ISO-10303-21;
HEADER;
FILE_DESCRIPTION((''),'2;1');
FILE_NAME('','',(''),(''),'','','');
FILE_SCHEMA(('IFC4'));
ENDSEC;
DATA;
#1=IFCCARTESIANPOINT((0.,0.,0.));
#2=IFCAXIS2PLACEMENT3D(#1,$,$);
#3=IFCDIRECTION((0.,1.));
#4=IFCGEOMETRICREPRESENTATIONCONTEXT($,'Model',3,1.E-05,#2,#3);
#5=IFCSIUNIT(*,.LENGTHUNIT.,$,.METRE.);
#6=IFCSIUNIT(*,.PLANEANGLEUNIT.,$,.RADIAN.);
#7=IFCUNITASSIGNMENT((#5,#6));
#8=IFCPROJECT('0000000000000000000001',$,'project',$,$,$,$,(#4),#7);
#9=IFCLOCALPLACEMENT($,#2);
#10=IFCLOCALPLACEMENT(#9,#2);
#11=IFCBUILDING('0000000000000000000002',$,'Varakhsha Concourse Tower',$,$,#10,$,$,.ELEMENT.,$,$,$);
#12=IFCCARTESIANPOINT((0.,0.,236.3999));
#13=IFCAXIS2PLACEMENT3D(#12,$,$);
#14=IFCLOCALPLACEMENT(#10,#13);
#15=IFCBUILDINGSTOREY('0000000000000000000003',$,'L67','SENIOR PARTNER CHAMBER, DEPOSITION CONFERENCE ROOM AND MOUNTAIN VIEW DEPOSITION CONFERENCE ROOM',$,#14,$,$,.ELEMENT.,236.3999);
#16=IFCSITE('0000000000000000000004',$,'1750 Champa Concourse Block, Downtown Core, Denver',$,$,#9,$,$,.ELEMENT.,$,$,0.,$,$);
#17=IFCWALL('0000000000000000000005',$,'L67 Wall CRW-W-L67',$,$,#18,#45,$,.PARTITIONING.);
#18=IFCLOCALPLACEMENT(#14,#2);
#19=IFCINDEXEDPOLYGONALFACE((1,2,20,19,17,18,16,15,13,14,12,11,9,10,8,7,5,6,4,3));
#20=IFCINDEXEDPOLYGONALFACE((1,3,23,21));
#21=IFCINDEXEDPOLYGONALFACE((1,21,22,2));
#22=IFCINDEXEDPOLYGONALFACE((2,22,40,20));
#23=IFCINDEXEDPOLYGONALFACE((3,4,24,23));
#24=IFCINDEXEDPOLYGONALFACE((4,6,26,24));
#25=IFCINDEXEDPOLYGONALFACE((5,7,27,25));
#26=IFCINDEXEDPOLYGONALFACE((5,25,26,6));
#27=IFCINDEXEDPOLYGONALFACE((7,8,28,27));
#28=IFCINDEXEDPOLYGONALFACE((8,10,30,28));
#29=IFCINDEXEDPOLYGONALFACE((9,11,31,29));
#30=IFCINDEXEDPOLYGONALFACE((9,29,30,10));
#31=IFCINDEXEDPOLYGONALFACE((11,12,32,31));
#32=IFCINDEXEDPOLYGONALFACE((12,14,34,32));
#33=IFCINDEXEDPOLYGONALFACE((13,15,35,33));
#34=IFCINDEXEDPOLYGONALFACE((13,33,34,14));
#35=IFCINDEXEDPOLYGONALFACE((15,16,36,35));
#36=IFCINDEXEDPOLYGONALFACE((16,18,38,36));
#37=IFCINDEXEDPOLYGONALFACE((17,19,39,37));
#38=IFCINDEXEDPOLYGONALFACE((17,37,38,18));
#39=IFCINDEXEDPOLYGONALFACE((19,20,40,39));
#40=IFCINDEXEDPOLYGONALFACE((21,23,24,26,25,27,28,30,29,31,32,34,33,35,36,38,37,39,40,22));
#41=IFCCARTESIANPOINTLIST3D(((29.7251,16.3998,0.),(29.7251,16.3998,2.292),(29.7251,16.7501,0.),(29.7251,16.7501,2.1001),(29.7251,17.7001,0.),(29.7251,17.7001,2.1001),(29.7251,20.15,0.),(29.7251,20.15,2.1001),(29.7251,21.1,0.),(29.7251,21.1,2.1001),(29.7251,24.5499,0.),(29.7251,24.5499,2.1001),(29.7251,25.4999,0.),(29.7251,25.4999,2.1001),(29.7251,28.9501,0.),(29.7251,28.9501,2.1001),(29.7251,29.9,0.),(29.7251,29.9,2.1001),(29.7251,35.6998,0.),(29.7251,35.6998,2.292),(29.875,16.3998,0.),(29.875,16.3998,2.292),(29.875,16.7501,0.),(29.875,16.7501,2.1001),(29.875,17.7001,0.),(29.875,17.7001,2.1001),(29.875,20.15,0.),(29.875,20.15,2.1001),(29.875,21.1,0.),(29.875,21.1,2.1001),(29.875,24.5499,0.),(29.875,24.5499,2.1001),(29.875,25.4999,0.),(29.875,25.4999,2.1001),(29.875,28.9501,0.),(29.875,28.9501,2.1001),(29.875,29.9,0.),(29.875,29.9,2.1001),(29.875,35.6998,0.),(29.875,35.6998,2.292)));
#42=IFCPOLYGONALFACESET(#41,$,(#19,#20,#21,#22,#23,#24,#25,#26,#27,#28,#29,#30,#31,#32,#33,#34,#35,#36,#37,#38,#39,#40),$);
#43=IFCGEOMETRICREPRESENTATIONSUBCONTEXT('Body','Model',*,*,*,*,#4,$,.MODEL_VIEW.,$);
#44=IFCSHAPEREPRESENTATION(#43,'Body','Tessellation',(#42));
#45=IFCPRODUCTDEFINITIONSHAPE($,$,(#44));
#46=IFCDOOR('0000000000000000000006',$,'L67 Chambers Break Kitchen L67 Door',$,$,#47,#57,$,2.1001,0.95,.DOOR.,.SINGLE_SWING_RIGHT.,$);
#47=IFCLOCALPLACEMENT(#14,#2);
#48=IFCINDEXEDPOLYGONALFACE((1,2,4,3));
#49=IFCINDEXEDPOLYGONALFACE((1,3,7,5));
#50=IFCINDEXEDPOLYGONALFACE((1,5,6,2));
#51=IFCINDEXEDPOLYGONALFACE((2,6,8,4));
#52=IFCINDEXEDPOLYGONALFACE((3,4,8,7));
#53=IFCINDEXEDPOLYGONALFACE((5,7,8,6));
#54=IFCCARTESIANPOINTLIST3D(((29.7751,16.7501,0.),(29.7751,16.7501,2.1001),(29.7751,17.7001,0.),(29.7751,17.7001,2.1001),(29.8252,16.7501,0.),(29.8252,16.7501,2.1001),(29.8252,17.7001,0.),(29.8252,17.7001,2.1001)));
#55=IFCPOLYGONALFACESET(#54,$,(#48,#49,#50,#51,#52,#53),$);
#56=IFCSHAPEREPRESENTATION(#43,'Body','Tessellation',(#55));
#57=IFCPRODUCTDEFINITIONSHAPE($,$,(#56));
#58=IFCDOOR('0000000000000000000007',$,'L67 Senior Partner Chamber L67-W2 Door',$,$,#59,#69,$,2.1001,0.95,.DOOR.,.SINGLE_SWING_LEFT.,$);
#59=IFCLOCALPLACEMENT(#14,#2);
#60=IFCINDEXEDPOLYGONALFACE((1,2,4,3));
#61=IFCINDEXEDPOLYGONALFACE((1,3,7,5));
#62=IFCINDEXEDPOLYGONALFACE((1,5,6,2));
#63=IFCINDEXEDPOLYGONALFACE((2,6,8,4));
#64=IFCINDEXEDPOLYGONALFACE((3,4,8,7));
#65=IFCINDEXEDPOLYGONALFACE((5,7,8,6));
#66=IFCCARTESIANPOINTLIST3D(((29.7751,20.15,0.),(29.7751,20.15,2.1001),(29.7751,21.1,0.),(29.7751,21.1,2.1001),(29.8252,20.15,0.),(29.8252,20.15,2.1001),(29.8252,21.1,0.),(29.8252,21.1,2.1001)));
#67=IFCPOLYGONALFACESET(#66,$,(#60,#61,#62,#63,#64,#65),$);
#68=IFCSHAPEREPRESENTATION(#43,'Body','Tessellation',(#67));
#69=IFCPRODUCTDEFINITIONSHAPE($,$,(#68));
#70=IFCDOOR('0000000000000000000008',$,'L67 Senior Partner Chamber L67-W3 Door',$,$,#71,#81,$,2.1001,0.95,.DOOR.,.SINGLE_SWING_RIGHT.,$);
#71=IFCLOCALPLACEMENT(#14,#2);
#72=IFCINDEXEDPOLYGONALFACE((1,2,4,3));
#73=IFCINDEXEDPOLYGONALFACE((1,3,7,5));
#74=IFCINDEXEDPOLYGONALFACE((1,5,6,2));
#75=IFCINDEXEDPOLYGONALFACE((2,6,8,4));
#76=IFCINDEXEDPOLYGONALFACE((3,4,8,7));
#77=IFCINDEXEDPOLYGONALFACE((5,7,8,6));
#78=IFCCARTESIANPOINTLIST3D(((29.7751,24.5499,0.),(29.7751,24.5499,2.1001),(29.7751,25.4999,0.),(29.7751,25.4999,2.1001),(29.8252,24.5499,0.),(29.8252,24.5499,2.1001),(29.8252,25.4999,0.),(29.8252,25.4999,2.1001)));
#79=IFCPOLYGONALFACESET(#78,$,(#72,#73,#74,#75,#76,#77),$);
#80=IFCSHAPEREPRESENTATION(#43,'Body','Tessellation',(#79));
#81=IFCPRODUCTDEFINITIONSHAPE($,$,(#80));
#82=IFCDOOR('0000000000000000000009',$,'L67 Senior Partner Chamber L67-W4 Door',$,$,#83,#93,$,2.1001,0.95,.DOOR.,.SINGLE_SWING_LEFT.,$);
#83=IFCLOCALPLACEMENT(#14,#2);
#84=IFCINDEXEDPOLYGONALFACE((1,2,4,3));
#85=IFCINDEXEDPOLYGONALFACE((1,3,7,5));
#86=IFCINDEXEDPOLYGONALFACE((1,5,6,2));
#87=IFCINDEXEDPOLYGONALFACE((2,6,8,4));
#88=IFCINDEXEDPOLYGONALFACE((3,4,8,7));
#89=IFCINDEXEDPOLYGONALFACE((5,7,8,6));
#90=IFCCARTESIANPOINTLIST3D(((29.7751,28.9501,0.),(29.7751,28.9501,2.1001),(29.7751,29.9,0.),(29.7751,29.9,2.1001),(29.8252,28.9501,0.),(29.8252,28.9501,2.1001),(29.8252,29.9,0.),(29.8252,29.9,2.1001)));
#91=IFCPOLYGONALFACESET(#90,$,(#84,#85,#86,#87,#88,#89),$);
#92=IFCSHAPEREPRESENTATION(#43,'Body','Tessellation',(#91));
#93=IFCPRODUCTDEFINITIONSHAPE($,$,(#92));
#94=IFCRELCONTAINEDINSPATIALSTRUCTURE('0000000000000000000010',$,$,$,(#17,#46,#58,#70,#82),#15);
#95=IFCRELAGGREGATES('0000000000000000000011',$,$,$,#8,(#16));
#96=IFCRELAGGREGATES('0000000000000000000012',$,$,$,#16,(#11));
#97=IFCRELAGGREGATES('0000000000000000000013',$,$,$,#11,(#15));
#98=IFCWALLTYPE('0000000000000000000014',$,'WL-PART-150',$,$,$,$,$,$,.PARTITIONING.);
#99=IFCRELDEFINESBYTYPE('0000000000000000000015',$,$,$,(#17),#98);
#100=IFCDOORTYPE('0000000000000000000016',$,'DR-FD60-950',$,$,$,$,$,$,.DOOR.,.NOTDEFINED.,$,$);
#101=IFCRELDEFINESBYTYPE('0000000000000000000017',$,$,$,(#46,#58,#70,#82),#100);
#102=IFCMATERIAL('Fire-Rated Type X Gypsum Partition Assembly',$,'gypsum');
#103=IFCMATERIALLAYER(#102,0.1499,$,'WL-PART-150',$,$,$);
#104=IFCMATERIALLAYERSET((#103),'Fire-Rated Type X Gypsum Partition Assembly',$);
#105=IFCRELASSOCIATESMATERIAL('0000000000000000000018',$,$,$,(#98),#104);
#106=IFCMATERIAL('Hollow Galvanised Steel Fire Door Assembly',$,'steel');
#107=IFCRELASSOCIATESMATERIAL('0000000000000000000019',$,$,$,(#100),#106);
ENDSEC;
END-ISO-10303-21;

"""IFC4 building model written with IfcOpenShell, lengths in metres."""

from ifc_helpers import new_model, si_unit, direction, frame, frame_2d, origin, place, context, subcontext, project, spatial, rectangle, extrude, material, layer, layer_set, type_object, element, fill, save


model = new_model("IFC4")

# Units and contexts
model_context = context("Model", 3, precision=1e-05, world=origin(), true_north=direction((0.0, 1.0)))
body_context = subcontext(model_context, "Body", "Model", "MODEL_VIEW")
ifc_project = project(units=[si_unit("LENGTHUNIT", "METRE"), si_unit("PLANEANGLEUNIT", "RADIAN")], contexts=[model_context])

# Site, building, storey
site_placement = place(None, origin())
site = spatial("IfcSite", under=ifc_project, at=site_placement, Name="1750 Champa Concourse Block, Downtown Core, Denver", CompositionType="ELEMENT", RefElevation=0.0)
building_placement = place(site_placement, origin())
building = spatial("IfcBuilding", under=site, at=building_placement, Name="Varakhsha Concourse Tower", CompositionType="ELEMENT")
storey_placement = place(building_placement, frame((0.0, 0.0, 236.3999)))
storey = spatial("IfcBuildingStorey", under=building, at=storey_placement, Name="L67", Description="SENIOR PARTNER CHAMBER, DEPOSITION CONFERENCE ROOM AND MOUNTAIN VIEW DEPOSITION CONFERENCE ROOM", CompositionType="ELEMENT", Elevation=236.3999)

# Wall, openings, doors
ifc_material_1 = material(Name="Fire-Rated Type X Gypsum Partition Assembly", Category="gypsum")
ifc_layer_1 = layer(ifc_material_1, 0.1499, Name="WL-PART-150")
ifc_layer_set_1 = layer_set([ifc_layer_1], Name="Fire-Rated Type X Gypsum Partition Assembly")
wall_type = type_object("IfcWallType", Name="WL-PART-150", PredefinedType="PARTITIONING", material=ifc_layer_set_1)
wall_1_placement = place(storey_placement, frame((29.8, 16.3999, 0.0), z_axis=(0.0, 0.0, 1.0), x_axis=(0.0, 1.0, 0.0)))
wall_1 = element("IfcWall", 1, at=wall_1_placement, inside=storey, type_object=wall_type, Name="L67 Wall CRW-W-L67", PredefinedType="PARTITIONING", context=body_context, shape_type="SweptSolid", body=[
    extrude(rectangle(XDim=19.3, YDim=0.1499, at=frame_2d((9.6499, 0.0))), origin(), (0.0, 0.0, 1.0), 2.292),
])
opening_1_placement = place(wall_1_placement, frame((0.3501, 0.0, 0.0)))
opening_1 = element("IfcOpeningElement", 2, at=opening_1_placement, cuts=wall_1, PredefinedType="OPENING", context=body_context, shape_type="SweptSolid", body=[
    extrude(rectangle(XDim=0.95, YDim=2.1001, at=frame_2d((0.4751, 1.05))), frame((0.0, 0.085, 0.0), z_axis=(0.0, -1.0, 0.0), x_axis=(1.0, 0.0, 0.0)), (0.0, 0.0, 1.0), 0.1699),
])
opening_2_placement = place(wall_1_placement, frame((3.75, 0.0, 0.0)))
opening_2 = element("IfcOpeningElement", 3, at=opening_2_placement, cuts=wall_1, PredefinedType="OPENING", context=body_context, shape_type="SweptSolid", body=[
    extrude(rectangle(XDim=0.95, YDim=2.1001, at=frame_2d((0.4751, 1.05))), frame((0.0, 0.085, 0.0), z_axis=(0.0, -1.0, 0.0), x_axis=(1.0, 0.0, 0.0)), (0.0, 0.0, 1.0), 0.1699),
])
opening_3_placement = place(wall_1_placement, frame((8.1499, 0.0, 0.0)))
opening_3 = element("IfcOpeningElement", 4, at=opening_3_placement, cuts=wall_1, PredefinedType="OPENING", context=body_context, shape_type="SweptSolid", body=[
    extrude(rectangle(XDim=0.95, YDim=2.1001, at=frame_2d((0.4751, 1.05))), frame((0.0, 0.085, 0.0), z_axis=(0.0, -1.0, 0.0), x_axis=(1.0, 0.0, 0.0)), (0.0, 0.0, 1.0), 0.1699),
])
opening_4_placement = place(wall_1_placement, frame((12.55, 0.0, 0.0)))
opening_4 = element("IfcOpeningElement", 5, at=opening_4_placement, cuts=wall_1, PredefinedType="OPENING", context=body_context, shape_type="SweptSolid", body=[
    extrude(rectangle(XDim=0.95, YDim=2.1001, at=frame_2d((0.4751, 1.05))), frame((0.0, 0.085, 0.0), z_axis=(0.0, -1.0, 0.0), x_axis=(1.0, 0.0, 0.0)), (0.0, 0.0, 1.0), 0.1699),
])
ifc_material_2 = material(Name="Hollow Galvanised Steel Fire Door Assembly", Category="steel")
door_type = type_object("IfcDoorType", Name="DR-FD60-950", OperationType="NOTDEFINED", PredefinedType="DOOR", material=ifc_material_2)
door_1_placement = place(opening_1_placement, origin())
door_1 = element("IfcDoor", 6, at=door_1_placement, inside=storey, type_object=door_type, Name="L67 Chambers Break Kitchen L67 Door", OperationType="SINGLE_SWING_RIGHT", OverallHeight=2.1001, OverallWidth=0.95, PredefinedType="DOOR", context=body_context, shape_type="SweptSolid", body=[
    extrude(rectangle(XDim=0.95, YDim=2.1001, at=frame_2d((0.4751, 1.05))), frame((0.0, 0.0249, 0.0), z_axis=(0.0, -1.0, 0.0), x_axis=(1.0, 0.0, 0.0)), (0.0, 0.0, 1.0), 0.05),
])
fill(opening_1, door_1)
door_2_placement = place(opening_2_placement, origin())
door_2 = element("IfcDoor", 7, at=door_2_placement, inside=storey, type_object=door_type, Name="L67 Senior Partner Chamber L67-W2 Door", OperationType="SINGLE_SWING_LEFT", OverallHeight=2.1001, OverallWidth=0.95, PredefinedType="DOOR", context=body_context, shape_type="SweptSolid", body=[
    extrude(rectangle(XDim=0.95, YDim=2.1001, at=frame_2d((0.4751, 1.05))), frame((0.0, 0.0249, 0.0), z_axis=(0.0, -1.0, 0.0), x_axis=(1.0, 0.0, 0.0)), (0.0, 0.0, 1.0), 0.05),
])
fill(opening_2, door_2)
door_3_placement = place(opening_3_placement, origin())
door_3 = element("IfcDoor", 8, at=door_3_placement, inside=storey, type_object=door_type, Name="L67 Senior Partner Chamber L67-W3 Door", OperationType="SINGLE_SWING_RIGHT", OverallHeight=2.1001, OverallWidth=0.95, PredefinedType="DOOR", context=body_context, shape_type="SweptSolid", body=[
    extrude(rectangle(XDim=0.95, YDim=2.1001, at=frame_2d((0.4751, 1.05))), frame((0.0, 0.0249, 0.0), z_axis=(0.0, -1.0, 0.0), x_axis=(1.0, 0.0, 0.0)), (0.0, 0.0, 1.0), 0.05),
])
fill(opening_3, door_3)
door_4_placement = place(opening_4_placement, origin())
door_4 = element("IfcDoor", 9, at=door_4_placement, inside=storey, type_object=door_type, Name="L67 Senior Partner Chamber L67-W4 Door", OperationType="SINGLE_SWING_LEFT", OverallHeight=2.1001, OverallWidth=0.95, PredefinedType="DOOR", context=body_context, shape_type="SweptSolid", body=[
    extrude(rectangle(XDim=0.95, YDim=2.1001, at=frame_2d((0.4751, 1.05))), frame((0.0, 0.0249, 0.0), z_axis=(0.0, -1.0, 0.0), x_axis=(1.0, 0.0, 0.0)), (0.0, 0.0, 1.0), 0.05),
])
fill(opening_4, door_4)

save(model, "model.ifc")
